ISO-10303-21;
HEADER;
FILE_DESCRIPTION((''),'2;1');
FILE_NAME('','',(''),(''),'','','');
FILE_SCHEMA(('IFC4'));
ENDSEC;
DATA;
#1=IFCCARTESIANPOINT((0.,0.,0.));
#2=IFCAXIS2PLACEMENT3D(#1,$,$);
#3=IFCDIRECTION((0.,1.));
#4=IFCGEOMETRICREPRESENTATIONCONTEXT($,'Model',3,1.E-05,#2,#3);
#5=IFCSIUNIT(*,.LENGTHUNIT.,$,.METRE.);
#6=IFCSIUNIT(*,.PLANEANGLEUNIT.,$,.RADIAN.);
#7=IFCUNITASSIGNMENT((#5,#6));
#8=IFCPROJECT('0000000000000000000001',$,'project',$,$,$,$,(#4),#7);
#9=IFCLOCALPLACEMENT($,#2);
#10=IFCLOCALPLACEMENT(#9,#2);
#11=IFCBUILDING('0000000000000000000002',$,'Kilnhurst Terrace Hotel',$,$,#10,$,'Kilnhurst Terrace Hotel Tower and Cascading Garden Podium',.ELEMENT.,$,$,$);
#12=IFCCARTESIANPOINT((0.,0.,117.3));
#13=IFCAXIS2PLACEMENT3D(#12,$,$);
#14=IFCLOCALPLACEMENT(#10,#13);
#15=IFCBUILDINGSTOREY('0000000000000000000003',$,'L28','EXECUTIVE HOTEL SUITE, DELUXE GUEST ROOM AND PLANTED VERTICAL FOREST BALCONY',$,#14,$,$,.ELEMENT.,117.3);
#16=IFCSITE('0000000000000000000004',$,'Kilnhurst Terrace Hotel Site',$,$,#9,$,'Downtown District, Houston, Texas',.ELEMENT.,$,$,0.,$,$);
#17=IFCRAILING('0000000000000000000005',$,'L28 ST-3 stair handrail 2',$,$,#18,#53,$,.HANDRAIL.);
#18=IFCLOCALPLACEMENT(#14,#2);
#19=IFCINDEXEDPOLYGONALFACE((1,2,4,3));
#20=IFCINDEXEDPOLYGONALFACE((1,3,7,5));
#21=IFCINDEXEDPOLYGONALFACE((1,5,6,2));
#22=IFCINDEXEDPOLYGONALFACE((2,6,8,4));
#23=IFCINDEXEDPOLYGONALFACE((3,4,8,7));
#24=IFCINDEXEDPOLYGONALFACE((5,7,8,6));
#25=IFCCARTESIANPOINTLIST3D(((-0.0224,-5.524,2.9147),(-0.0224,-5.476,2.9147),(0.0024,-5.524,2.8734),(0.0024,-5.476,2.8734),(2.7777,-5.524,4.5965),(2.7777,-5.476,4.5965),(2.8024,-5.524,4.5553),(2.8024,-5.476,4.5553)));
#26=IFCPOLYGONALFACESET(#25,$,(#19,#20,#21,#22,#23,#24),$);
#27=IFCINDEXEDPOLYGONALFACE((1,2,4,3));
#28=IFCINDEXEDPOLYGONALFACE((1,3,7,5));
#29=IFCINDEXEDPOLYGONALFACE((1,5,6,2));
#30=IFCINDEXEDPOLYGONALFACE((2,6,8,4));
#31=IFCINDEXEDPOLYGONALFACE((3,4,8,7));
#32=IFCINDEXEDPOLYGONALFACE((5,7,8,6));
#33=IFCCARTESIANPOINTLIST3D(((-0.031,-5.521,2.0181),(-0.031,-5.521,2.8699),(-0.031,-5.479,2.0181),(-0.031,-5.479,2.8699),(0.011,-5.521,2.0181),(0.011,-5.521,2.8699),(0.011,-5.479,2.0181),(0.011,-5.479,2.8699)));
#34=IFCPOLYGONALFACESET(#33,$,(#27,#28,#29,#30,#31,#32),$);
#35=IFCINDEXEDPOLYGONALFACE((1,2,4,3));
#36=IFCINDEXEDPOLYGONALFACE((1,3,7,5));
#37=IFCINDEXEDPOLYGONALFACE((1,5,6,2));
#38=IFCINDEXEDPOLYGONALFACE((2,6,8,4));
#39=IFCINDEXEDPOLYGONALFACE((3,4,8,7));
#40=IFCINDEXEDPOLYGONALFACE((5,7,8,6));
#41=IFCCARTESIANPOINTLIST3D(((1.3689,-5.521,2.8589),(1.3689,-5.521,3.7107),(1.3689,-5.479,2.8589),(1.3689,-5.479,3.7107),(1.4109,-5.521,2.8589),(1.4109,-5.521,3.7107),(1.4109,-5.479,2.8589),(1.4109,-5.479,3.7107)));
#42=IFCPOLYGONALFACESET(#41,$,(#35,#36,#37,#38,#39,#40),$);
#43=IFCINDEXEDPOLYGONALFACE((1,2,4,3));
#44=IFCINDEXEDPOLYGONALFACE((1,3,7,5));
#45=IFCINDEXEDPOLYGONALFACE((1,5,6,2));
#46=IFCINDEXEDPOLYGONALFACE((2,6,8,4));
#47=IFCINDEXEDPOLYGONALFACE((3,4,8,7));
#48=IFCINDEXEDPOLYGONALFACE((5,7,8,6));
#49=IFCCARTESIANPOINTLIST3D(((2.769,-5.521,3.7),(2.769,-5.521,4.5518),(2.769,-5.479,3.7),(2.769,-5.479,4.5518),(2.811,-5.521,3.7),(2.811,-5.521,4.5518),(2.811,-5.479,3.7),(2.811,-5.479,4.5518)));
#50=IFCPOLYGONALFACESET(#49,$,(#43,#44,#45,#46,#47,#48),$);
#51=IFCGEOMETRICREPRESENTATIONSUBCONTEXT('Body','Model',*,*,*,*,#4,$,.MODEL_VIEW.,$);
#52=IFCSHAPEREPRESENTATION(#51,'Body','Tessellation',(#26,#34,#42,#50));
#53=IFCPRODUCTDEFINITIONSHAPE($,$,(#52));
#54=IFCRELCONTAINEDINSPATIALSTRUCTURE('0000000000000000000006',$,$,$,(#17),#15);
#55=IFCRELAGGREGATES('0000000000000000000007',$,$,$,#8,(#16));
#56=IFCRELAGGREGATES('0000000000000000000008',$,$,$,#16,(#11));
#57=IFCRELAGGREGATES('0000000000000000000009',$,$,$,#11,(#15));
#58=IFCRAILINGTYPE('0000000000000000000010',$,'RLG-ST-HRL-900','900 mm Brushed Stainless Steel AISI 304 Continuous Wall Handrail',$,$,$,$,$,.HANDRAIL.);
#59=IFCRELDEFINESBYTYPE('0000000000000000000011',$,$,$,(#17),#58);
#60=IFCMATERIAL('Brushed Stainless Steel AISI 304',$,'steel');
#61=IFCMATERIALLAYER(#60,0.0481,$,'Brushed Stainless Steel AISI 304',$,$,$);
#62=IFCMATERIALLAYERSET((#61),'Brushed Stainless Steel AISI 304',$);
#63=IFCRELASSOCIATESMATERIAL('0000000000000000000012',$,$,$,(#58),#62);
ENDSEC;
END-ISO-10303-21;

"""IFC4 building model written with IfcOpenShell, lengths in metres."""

from ifc_helpers import new_model, si_unit, direction, frame, origin, origin_2d, place, context, subcontext, project, spatial, rectangle, extrude, material, layer, layer_set, type_object, element, save


model = new_model("IFC4")

# Units and contexts
model_context = context("Model", 3, precision=1e-05, world=origin(), true_north=direction((0.0, 1.0)))
body_context = subcontext(model_context, "Body", "Model", "MODEL_VIEW")
ifc_project = project(units=[si_unit("LENGTHUNIT", "METRE"), si_unit("PLANEANGLEUNIT", "RADIAN")], contexts=[model_context])

# Site, building, storey
site_placement = place(None, origin())
site = spatial("IfcSite", under=ifc_project, at=site_placement, Name="Kilnhurst Terrace Hotel Site", LongName="Downtown District, Houston, Texas", CompositionType="ELEMENT", RefElevation=0.0)
building_placement = place(site_placement, origin())
building = spatial("IfcBuilding", under=site, at=building_placement, Name="Kilnhurst Terrace Hotel", LongName="Kilnhurst Terrace Hotel Tower and Cascading Garden Podium", CompositionType="ELEMENT")
storey_placement = place(building_placement, frame((0.0, 0.0, 117.3)))
storey = spatial("IfcBuildingStorey", under=building, at=storey_placement, Name="L28", Description="EXECUTIVE HOTEL SUITE, DELUXE GUEST ROOM AND PLANTED VERTICAL FOREST BALCONY", CompositionType="ELEMENT", Elevation=117.3)

# Railing
ifc_material_1 = material(Name="Brushed Stainless Steel AISI 304", Category="steel")
ifc_layer_1 = layer(ifc_material_1, 0.0481, Name="Brushed Stainless Steel AISI 304")
ifc_layer_set_1 = layer_set([ifc_layer_1], Name="Brushed Stainless Steel AISI 304")
railing_type_1 = type_object("IfcRailingType", Name="RLG-ST-HRL-900", Description="900 mm Brushed Stainless Steel AISI 304 Continuous Wall Handrail", PredefinedType="HANDRAIL", material=ifc_layer_set_1)
railing_1_placement = place(storey_placement, frame((-0.01, -5.5, 2.0181)))
element("IfcRailing", 1, at=railing_1_placement, inside=storey, type_object=railing_type_1, Name="L28 ST-3 stair handrail 2", PredefinedType="HANDRAIL", context=body_context, shape_type="SweptSolid", body=[
    extrude(rectangle(XDim=0.0481, YDim=0.0481, at=origin_2d()), frame((0.0, 0.0, 0.876), z_axis=(0.857242, 0.0, 0.514913), x_axis=(0.0, 1.0, 0.0)), (0.0, 0.0, 1.0), 3.2664),
    extrude(rectangle(XDim=0.042, YDim=0.042, at=origin_2d()), origin(), (0.0, 0.0, 1.0), 0.8518),
    extrude(rectangle(XDim=0.042, YDim=0.042, at=origin_2d()), frame((1.3999, 0.0, 0.8408)), (0.0, 0.0, 1.0), 0.8518),
    extrude(rectangle(XDim=0.042, YDim=0.042, at=origin_2d()), frame((2.8, 0.0, 1.6819)), (0.0, 0.0, 1.0), 0.8518),
])

save(model, "model.ifc")
